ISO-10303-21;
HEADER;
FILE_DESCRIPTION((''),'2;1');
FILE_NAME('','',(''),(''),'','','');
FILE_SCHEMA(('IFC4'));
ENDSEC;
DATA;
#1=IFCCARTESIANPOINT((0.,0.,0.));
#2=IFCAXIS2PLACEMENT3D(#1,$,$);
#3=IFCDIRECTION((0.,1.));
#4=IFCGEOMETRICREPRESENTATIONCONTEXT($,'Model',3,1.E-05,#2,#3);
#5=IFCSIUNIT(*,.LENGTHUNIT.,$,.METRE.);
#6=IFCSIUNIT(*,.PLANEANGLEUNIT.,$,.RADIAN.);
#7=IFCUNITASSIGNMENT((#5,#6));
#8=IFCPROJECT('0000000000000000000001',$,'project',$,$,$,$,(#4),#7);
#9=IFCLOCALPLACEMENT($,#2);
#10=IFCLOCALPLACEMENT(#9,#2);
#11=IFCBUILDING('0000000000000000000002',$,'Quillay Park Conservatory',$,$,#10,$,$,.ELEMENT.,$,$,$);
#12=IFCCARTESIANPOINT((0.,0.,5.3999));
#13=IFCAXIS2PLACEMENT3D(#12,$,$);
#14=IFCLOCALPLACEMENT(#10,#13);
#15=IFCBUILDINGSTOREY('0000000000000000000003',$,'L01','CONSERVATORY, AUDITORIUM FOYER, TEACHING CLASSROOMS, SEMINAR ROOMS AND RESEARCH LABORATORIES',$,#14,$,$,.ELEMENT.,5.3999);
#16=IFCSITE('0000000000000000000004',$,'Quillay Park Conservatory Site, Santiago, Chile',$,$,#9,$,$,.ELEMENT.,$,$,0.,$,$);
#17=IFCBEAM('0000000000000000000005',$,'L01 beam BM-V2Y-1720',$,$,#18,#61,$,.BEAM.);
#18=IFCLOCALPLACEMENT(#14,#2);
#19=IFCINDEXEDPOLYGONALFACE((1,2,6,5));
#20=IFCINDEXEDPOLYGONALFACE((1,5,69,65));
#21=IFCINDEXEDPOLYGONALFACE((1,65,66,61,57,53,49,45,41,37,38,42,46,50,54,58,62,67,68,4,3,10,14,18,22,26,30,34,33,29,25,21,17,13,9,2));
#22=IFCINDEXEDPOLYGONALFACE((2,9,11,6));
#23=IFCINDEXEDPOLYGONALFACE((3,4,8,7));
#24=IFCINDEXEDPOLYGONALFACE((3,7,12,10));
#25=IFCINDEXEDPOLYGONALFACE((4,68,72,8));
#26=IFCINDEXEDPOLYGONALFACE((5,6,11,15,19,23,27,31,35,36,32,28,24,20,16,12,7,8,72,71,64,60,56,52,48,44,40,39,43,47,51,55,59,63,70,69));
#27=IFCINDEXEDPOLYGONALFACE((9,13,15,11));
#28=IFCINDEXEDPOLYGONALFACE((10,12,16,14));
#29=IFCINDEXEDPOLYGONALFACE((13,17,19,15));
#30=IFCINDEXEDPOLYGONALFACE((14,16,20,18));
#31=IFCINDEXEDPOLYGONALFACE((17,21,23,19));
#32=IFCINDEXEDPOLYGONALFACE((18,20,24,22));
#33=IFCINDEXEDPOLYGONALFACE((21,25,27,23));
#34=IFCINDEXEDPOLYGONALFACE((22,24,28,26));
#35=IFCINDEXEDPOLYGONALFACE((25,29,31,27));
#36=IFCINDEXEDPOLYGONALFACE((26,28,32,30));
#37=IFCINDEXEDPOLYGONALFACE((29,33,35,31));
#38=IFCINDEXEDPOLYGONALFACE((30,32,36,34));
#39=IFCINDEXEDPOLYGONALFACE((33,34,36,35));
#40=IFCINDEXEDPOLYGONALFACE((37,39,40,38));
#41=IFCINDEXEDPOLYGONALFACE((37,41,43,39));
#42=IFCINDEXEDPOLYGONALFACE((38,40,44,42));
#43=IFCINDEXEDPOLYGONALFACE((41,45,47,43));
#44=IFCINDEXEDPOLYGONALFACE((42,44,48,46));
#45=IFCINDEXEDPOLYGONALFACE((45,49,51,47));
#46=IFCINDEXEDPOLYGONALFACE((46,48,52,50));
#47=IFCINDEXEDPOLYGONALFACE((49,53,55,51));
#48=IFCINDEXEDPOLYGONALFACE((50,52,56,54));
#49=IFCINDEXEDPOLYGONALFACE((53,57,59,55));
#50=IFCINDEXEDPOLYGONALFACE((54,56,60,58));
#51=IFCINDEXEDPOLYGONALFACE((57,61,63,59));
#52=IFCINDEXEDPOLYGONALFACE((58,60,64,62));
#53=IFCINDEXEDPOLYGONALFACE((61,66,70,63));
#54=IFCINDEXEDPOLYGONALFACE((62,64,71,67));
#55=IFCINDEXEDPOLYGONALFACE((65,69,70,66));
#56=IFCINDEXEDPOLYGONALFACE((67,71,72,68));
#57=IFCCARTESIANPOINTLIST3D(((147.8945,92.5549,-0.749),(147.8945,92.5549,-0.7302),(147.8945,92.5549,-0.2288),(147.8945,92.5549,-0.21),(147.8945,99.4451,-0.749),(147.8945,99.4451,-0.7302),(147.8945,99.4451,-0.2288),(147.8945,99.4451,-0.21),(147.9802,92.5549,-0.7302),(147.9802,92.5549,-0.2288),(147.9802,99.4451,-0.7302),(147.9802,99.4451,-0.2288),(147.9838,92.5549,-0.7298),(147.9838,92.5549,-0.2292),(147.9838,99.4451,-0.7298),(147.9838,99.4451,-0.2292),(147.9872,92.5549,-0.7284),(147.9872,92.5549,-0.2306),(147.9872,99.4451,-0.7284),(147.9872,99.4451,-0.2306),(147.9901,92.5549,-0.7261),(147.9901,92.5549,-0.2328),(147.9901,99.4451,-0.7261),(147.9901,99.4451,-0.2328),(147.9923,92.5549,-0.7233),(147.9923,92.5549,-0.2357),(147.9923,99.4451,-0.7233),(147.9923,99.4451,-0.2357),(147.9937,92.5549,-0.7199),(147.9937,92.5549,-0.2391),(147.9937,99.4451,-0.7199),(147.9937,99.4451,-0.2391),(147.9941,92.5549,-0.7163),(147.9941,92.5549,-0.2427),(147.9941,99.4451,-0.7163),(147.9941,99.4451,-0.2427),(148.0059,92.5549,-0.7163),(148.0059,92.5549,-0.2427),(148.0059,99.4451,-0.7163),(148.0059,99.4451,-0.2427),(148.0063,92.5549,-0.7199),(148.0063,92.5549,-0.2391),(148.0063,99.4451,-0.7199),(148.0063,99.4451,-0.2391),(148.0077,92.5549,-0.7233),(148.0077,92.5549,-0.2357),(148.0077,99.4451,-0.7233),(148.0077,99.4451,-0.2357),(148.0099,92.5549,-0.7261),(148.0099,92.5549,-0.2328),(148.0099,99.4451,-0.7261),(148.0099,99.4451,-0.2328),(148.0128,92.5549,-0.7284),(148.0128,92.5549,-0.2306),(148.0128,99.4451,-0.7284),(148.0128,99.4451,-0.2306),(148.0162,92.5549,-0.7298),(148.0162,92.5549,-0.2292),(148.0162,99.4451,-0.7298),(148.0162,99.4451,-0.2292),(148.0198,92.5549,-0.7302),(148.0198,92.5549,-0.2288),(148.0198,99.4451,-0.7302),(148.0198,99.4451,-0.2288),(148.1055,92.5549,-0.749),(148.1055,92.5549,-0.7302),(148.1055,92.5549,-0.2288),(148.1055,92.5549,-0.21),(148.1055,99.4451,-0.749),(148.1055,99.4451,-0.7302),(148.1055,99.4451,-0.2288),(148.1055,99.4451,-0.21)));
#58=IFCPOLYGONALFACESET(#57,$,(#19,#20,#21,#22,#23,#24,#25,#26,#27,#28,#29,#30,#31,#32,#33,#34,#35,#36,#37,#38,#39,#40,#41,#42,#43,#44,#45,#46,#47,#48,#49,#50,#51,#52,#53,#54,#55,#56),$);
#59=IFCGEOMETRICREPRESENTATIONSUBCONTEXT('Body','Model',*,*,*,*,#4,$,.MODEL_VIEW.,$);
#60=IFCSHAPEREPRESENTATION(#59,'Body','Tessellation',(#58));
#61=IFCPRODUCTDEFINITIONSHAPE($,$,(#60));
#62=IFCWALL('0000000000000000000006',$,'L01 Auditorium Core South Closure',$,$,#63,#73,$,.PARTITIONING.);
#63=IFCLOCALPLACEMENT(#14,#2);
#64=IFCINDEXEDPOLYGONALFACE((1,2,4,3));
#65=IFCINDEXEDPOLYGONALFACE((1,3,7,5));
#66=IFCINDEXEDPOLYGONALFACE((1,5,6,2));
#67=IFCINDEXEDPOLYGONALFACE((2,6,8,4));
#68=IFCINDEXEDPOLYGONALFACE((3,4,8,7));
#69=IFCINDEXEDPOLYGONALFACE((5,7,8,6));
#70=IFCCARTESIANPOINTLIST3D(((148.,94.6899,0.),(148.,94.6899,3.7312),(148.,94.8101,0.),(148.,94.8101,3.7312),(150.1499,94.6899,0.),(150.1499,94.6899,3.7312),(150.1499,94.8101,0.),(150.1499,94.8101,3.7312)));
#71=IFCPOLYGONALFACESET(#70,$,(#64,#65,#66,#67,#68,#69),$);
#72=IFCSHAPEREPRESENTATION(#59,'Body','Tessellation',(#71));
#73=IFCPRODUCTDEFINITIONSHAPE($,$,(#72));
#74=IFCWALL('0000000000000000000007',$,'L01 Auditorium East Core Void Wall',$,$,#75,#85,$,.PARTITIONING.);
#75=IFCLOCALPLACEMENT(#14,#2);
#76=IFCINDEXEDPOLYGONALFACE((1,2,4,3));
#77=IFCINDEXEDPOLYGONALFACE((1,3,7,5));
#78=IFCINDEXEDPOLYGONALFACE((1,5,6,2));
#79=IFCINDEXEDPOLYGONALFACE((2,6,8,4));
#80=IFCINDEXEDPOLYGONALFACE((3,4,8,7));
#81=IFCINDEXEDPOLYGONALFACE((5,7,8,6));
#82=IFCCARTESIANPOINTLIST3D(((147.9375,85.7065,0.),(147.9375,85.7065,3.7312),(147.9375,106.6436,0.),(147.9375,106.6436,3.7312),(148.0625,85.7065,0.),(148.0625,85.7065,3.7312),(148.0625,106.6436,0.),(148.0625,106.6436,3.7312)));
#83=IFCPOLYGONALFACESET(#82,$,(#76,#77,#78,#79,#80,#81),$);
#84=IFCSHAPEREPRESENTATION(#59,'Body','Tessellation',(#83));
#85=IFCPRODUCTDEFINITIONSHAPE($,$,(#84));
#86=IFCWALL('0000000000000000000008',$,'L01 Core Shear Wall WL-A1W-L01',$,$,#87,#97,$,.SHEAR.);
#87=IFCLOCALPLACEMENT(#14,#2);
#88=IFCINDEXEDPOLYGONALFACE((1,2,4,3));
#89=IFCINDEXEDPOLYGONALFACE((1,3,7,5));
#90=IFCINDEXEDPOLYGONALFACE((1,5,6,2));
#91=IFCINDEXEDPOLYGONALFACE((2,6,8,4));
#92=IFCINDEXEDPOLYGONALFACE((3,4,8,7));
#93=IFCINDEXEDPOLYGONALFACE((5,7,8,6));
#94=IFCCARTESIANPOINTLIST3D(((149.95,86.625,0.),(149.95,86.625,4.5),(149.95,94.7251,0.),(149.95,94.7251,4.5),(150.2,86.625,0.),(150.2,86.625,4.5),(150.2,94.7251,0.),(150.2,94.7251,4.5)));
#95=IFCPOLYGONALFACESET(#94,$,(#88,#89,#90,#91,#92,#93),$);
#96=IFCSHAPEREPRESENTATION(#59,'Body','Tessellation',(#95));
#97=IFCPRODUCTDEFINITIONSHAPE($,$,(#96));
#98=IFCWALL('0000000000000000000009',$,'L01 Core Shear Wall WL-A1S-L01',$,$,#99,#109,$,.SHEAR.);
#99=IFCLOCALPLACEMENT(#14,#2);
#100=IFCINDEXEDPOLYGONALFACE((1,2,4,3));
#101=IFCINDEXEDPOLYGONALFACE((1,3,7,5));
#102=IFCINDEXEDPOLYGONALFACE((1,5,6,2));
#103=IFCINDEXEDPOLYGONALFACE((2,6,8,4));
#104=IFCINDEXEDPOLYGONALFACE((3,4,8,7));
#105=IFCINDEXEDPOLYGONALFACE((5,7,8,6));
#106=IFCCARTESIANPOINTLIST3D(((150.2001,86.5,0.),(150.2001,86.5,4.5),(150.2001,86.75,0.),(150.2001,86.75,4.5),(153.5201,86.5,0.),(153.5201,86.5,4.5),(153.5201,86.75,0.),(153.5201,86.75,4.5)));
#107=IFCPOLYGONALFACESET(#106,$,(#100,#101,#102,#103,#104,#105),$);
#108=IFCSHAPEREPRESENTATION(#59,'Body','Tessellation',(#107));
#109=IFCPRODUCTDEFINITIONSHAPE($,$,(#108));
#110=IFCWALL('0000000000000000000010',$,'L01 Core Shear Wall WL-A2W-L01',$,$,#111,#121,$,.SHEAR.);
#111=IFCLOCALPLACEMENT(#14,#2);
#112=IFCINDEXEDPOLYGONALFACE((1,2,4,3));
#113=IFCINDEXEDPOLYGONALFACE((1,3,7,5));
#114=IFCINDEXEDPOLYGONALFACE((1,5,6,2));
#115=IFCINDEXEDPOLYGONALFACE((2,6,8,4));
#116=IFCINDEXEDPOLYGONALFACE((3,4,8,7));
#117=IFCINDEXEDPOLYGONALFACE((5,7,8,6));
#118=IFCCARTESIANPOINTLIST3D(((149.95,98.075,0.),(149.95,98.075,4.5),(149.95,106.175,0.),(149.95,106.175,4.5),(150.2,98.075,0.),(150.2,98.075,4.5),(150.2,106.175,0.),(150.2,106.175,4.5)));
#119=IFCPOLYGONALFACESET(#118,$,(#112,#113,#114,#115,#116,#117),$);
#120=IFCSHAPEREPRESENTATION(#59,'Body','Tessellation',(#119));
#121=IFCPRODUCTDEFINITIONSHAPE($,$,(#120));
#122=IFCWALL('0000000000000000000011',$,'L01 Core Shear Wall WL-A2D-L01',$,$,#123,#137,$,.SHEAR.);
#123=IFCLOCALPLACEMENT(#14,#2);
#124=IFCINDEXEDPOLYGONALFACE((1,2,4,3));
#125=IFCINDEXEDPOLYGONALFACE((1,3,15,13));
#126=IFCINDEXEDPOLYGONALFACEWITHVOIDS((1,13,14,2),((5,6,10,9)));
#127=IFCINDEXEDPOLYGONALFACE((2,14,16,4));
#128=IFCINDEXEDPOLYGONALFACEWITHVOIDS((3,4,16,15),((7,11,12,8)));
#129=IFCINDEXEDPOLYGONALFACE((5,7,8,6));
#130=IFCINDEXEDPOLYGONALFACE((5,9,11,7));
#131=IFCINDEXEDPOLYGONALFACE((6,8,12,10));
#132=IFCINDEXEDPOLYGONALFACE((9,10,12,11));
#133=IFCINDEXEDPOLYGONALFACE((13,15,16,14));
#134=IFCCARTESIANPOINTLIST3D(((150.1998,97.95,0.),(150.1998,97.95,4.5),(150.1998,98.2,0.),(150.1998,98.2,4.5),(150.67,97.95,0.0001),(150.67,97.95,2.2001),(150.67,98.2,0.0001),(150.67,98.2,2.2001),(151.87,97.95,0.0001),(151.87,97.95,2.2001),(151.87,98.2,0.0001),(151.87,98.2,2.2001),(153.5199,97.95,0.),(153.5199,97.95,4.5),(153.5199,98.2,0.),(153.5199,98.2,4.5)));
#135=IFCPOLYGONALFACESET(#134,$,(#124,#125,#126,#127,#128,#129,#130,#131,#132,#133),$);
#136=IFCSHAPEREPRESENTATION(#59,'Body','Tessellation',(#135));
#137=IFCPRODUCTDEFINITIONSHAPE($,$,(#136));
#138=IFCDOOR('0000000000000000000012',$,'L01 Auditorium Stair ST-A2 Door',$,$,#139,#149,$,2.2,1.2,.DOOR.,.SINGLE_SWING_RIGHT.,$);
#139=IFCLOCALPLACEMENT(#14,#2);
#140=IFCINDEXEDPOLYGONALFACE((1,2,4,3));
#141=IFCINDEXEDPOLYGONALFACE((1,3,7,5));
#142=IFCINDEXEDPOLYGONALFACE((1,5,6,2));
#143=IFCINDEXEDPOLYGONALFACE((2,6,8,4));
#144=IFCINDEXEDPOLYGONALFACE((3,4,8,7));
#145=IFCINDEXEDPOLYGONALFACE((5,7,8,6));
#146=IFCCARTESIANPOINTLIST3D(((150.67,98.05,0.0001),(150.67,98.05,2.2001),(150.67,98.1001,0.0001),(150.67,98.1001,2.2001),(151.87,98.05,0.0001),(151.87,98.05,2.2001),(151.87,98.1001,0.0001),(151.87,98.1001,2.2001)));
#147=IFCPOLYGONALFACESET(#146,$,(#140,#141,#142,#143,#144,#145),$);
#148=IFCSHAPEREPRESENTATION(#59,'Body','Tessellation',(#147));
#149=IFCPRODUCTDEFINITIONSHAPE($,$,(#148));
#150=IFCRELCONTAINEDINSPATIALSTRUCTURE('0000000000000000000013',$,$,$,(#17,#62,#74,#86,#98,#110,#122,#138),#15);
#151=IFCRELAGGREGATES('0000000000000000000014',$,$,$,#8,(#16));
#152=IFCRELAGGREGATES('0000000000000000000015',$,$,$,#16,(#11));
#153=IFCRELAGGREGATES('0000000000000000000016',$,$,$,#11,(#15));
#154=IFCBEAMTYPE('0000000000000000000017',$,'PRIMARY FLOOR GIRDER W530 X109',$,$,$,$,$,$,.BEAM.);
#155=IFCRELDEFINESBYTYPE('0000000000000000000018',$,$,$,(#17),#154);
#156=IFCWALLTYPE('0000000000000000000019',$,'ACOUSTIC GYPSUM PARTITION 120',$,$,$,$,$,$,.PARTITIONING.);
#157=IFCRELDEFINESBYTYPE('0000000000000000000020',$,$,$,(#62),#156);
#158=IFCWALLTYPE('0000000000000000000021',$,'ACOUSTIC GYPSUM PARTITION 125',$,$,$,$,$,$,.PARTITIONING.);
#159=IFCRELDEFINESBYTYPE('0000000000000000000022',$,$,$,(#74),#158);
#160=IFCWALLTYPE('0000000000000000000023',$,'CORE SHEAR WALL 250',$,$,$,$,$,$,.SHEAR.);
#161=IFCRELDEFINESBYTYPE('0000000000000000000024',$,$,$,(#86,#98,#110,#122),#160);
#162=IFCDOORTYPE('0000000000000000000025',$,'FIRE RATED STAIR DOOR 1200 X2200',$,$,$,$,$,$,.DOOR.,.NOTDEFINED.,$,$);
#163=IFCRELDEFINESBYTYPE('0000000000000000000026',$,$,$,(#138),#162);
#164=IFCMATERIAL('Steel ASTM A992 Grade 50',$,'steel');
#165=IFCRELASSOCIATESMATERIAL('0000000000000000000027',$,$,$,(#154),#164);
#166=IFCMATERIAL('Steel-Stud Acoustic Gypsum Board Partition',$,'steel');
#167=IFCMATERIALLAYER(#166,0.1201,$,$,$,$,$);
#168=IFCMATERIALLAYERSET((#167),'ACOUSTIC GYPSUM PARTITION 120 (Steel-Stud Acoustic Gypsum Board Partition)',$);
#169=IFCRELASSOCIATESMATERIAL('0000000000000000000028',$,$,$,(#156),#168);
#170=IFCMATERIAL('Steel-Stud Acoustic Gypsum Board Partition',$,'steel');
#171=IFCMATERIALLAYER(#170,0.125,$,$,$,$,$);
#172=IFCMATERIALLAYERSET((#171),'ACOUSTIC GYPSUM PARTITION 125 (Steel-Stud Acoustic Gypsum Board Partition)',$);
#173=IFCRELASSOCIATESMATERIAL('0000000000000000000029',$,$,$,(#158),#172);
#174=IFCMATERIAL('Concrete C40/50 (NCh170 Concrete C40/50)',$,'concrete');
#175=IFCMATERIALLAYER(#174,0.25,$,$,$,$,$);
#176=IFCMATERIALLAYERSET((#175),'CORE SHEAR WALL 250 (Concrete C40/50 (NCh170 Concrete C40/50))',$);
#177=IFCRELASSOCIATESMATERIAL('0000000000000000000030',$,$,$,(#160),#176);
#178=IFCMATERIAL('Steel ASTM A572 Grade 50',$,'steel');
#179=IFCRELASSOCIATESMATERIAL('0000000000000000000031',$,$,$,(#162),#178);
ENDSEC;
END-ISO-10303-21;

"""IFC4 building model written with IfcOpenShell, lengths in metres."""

from ifc_helpers import new_model, si_unit, direction, frame, frame_2d, origin, origin_2d, place, context, subcontext, project, spatial, rectangle, i_section, extrude, material, layer, layer_set, material_profile, profile_set, type_object, element, fill, save


model = new_model("IFC4")

# Units and contexts
model_context = context("Model", 3, precision=1e-05, world=origin(), true_north=direction((0.0, 1.0)))
body_context = subcontext(model_context, "Body", "Model", "MODEL_VIEW")
ifc_project = project(units=[si_unit("LENGTHUNIT", "METRE"), si_unit("PLANEANGLEUNIT", "RADIAN")], contexts=[model_context])

# Site, building, storey
site_placement = place(None, origin())
site = spatial("IfcSite", under=ifc_project, at=site_placement, Name="Quillay Park Conservatory Site, Santiago, Chile", CompositionType="ELEMENT", RefElevation=0.0)
building_placement = place(site_placement, origin())
building = spatial("IfcBuilding", under=site, at=building_placement, Name="Quillay Park Conservatory", CompositionType="ELEMENT")
storey_placement = place(building_placement, frame((0.0, 0.0, 5.3999)))
storey = spatial("IfcBuildingStorey", under=building, at=storey_placement, Name="L01", Description="CONSERVATORY, AUDITORIUM FOYER, TEACHING CLASSROOMS, SEMINAR ROOMS AND RESEARCH LABORATORIES", CompositionType="ELEMENT", Elevation=5.3999)

# Beam
ifc_material_1 = material(Name="Steel ASTM A992 Grade 50", Category="steel")
ifc_material_profile_1 = material_profile(ifc_material_1, i_section(OverallWidth=0.2109, OverallDepth=0.5391, WebThickness=0.0117, FlangeThickness=0.0188, FilletRadius=0.0139, at=origin_2d()), Name="W530x109")
ifc_profile_set_1 = profile_set([ifc_material_profile_1], Name="Steel ASTM A992 Grade 50")
beam_type_1 = type_object("IfcBeamType", Name="PRIMARY FLOOR GIRDER W530 X109", PredefinedType="BEAM", material=ifc_profile_set_1)
beam_1_placement = place(storey_placement, frame((148.0, 92.5549, -0.4795), z_axis=(0.0, 1.0, 0.0), x_axis=(-1.0, 0.0, 0.0)))
element("IfcBeam", 1, at=beam_1_placement, inside=storey, type_object=beam_type_1, Name="L01 beam BM-V2Y-1720", PredefinedType="BEAM", context=body_context, shape_type="SweptSolid", body=[
    extrude(i_section(OverallWidth=0.2109, OverallDepth=0.5391, WebThickness=0.0117, FlangeThickness=0.0188, FilletRadius=0.0139, at=origin_2d()), origin(), (0.0, 0.0, 1.0), 6.8901),
])

# Walls
ifc_material_2 = material(Name="Steel-Stud Acoustic Gypsum Board Partition", Category="steel")
ifc_layer_1 = layer(ifc_material_2, 0.1201)
ifc_layer_set_1 = layer_set([ifc_layer_1], Name="ACOUSTIC GYPSUM PARTITION 120 (Steel-Stud Acoustic Gypsum Board Partition)")
wall_type_1 = type_object("IfcWallType", Name="ACOUSTIC GYPSUM PARTITION 120", PredefinedType="PARTITIONING", material=ifc_layer_set_1)
wall_1_placement = place(storey_placement, frame((148.0, 94.75, 0.0), z_axis=(0.0, 0.0, 1.0), x_axis=(1.0, 0.0, 0.0)))
element("IfcWall", 2, at=wall_1_placement, inside=storey, type_object=wall_type_1, Name="L01 Auditorium Core South Closure", PredefinedType="PARTITIONING", context=body_context, shape_type="SweptSolid", body=[
    extrude(rectangle(XDim=2.1499, YDim=0.1201, at=frame_2d((1.075, 0.0))), origin(), (0.0, 0.0, 1.0), 3.7312),
])
ifc_material_3 = material(Name="Steel-Stud Acoustic Gypsum Board Partition", Category="steel")
ifc_layer_2 = layer(ifc_material_3, 0.125)
ifc_layer_set_2 = layer_set([ifc_layer_2], Name="ACOUSTIC GYPSUM PARTITION 125 (Steel-Stud Acoustic Gypsum Board Partition)")
wall_type_2 = type_object("IfcWallType", Name="ACOUSTIC GYPSUM PARTITION 125", PredefinedType="PARTITIONING", material=ifc_layer_set_2)
wall_2_placement = place(storey_placement, frame((148.0, 85.7065, 0.0), z_axis=(0.0, 0.0, 1.0), x_axis=(0.0, 1.0, 0.0)))
element("IfcWall", 3, at=wall_2_placement, inside=storey, type_object=wall_type_2, Name="L01 Auditorium East Core Void Wall", PredefinedType="PARTITIONING", context=body_context, shape_type="SweptSolid", body=[
    extrude(rectangle(XDim=20.937, YDim=0.125, at=frame_2d((10.4685, 0.0))), origin(), (0.0, 0.0, 1.0), 3.7312),
])
ifc_material_4 = material(Name="Concrete C40/50 (NCh170 Concrete C40/50)", Category="concrete")
ifc_layer_3 = layer(ifc_material_4, 0.25)
ifc_layer_set_3 = layer_set([ifc_layer_3], Name="CORE SHEAR WALL 250 (Concrete C40/50 (NCh170 Concrete C40/50))")
wall_type_3 = type_object("IfcWallType", Name="CORE SHEAR WALL 250", PredefinedType="SHEAR", material=ifc_layer_set_3)
wall_3_placement = place(storey_placement, frame((150.075, 86.625, 0.0), z_axis=(0.0, 0.0, 1.0), x_axis=(0.0, 1.0, 0.0)))
element("IfcWall", 4, at=wall_3_placement, inside=storey, type_object=wall_type_3, Name="L01 Core Shear Wall WL-A1W-L01", PredefinedType="SHEAR", context=body_context, shape_type="SweptSolid", body=[
    extrude(rectangle(XDim=8.1001, YDim=0.25, at=frame_2d((4.05, 0.0))), origin(), (0.0, 0.0, 1.0), 4.5),
])
wall_4_placement = place(storey_placement, frame((150.2, 86.625, 0.0), z_axis=(0.0, 0.0, 1.0), x_axis=(1.0, 0.0, 0.0)))
element("IfcWall", 5, at=wall_4_placement, inside=storey, type_object=wall_type_3, Name="L01 Core Shear Wall WL-A1S-L01", PredefinedType="SHEAR", context=body_context, shape_type="SweptSolid", body=[
    extrude(rectangle(XDim=3.3201, YDim=0.25, at=frame_2d((1.6602, 0.0))), origin(), (0.0, 0.0, 1.0), 4.5),
])

# Wall
wall_5_placement = place(storey_placement, frame((150.075, 98.075, 0.0), z_axis=(0.0, 0.0, 1.0), x_axis=(0.0, 1.0, 0.0)))
element("IfcWall", 6, at=wall_5_placement, inside=storey, type_object=wall_type_3, Name="L01 Core Shear Wall WL-A2W-L01", PredefinedType="SHEAR", context=body_context, shape_type="SweptSolid", body=[
    extrude(rectangle(XDim=8.1001, YDim=0.25, at=frame_2d((4.05, 0.0))), origin(), (0.0, 0.0, 1.0), 4.5),
])

# Wall, opening, door
wall_6_placement = place(storey_placement, frame((153.52, 98.075, 0.0), z_axis=(0.0, 0.0, 1.0), x_axis=(-1.0, 0.0, 0.0)))
wall_6 = element("IfcWall", 7, at=wall_6_placement, inside=storey, type_object=wall_type_3, Name="L01 Core Shear Wall WL-A2D-L01", PredefinedType="SHEAR", context=body_context, shape_type="SweptSolid", body=[
    extrude(rectangle(XDim=3.3201, YDim=0.25, at=frame_2d((1.6602, 0.0))), origin(), (0.0, 0.0, 1.0), 4.5),
])
opening_1_placement = place(wall_6_placement, frame((1.6499, 0.0, 0.0)))
opening_1 = element("IfcOpeningElement", 8, at=opening_1_placement, cuts=wall_6, PredefinedType="OPENING", context=body_context, shape_type="SweptSolid", body=[
    extrude(rectangle(XDim=1.2, YDim=2.2, at=frame_2d((0.6001, 1.1001))), frame((0.0, 0.125, 0.0), z_axis=(0.0, -1.0, 0.0), x_axis=(1.0, 0.0, 0.0)), (0.0, 0.0, 1.0), 0.25),
])
ifc_material_5 = material(Name="Steel ASTM A572 Grade 50", Category="steel")
door_type_1 = type_object("IfcDoorType", Name="FIRE RATED STAIR DOOR 1200 X2200", OperationType="NOTDEFINED", PredefinedType="DOOR", material=ifc_material_5)
door_1_placement = place(opening_1_placement, origin())
door_1 = element("IfcDoor", 9, at=door_1_placement, inside=storey, type_object=door_type_1, Name="L01 Auditorium Stair ST-A2 Door", OperationType="SINGLE_SWING_RIGHT", OverallHeight=2.2, OverallWidth=1.2, PredefinedType="DOOR", context=body_context, shape_type="SweptSolid", body=[
    extrude(rectangle(XDim=1.2, YDim=2.2, at=frame_2d((0.6001, 1.1001))), frame((0.0, 0.0249, 0.0), z_axis=(0.0, -1.0, 0.0), x_axis=(1.0, 0.0, 0.0)), (0.0, 0.0, 1.0), 0.05),
])
fill(opening_1, door_1)

save(model, "model.ifc")
